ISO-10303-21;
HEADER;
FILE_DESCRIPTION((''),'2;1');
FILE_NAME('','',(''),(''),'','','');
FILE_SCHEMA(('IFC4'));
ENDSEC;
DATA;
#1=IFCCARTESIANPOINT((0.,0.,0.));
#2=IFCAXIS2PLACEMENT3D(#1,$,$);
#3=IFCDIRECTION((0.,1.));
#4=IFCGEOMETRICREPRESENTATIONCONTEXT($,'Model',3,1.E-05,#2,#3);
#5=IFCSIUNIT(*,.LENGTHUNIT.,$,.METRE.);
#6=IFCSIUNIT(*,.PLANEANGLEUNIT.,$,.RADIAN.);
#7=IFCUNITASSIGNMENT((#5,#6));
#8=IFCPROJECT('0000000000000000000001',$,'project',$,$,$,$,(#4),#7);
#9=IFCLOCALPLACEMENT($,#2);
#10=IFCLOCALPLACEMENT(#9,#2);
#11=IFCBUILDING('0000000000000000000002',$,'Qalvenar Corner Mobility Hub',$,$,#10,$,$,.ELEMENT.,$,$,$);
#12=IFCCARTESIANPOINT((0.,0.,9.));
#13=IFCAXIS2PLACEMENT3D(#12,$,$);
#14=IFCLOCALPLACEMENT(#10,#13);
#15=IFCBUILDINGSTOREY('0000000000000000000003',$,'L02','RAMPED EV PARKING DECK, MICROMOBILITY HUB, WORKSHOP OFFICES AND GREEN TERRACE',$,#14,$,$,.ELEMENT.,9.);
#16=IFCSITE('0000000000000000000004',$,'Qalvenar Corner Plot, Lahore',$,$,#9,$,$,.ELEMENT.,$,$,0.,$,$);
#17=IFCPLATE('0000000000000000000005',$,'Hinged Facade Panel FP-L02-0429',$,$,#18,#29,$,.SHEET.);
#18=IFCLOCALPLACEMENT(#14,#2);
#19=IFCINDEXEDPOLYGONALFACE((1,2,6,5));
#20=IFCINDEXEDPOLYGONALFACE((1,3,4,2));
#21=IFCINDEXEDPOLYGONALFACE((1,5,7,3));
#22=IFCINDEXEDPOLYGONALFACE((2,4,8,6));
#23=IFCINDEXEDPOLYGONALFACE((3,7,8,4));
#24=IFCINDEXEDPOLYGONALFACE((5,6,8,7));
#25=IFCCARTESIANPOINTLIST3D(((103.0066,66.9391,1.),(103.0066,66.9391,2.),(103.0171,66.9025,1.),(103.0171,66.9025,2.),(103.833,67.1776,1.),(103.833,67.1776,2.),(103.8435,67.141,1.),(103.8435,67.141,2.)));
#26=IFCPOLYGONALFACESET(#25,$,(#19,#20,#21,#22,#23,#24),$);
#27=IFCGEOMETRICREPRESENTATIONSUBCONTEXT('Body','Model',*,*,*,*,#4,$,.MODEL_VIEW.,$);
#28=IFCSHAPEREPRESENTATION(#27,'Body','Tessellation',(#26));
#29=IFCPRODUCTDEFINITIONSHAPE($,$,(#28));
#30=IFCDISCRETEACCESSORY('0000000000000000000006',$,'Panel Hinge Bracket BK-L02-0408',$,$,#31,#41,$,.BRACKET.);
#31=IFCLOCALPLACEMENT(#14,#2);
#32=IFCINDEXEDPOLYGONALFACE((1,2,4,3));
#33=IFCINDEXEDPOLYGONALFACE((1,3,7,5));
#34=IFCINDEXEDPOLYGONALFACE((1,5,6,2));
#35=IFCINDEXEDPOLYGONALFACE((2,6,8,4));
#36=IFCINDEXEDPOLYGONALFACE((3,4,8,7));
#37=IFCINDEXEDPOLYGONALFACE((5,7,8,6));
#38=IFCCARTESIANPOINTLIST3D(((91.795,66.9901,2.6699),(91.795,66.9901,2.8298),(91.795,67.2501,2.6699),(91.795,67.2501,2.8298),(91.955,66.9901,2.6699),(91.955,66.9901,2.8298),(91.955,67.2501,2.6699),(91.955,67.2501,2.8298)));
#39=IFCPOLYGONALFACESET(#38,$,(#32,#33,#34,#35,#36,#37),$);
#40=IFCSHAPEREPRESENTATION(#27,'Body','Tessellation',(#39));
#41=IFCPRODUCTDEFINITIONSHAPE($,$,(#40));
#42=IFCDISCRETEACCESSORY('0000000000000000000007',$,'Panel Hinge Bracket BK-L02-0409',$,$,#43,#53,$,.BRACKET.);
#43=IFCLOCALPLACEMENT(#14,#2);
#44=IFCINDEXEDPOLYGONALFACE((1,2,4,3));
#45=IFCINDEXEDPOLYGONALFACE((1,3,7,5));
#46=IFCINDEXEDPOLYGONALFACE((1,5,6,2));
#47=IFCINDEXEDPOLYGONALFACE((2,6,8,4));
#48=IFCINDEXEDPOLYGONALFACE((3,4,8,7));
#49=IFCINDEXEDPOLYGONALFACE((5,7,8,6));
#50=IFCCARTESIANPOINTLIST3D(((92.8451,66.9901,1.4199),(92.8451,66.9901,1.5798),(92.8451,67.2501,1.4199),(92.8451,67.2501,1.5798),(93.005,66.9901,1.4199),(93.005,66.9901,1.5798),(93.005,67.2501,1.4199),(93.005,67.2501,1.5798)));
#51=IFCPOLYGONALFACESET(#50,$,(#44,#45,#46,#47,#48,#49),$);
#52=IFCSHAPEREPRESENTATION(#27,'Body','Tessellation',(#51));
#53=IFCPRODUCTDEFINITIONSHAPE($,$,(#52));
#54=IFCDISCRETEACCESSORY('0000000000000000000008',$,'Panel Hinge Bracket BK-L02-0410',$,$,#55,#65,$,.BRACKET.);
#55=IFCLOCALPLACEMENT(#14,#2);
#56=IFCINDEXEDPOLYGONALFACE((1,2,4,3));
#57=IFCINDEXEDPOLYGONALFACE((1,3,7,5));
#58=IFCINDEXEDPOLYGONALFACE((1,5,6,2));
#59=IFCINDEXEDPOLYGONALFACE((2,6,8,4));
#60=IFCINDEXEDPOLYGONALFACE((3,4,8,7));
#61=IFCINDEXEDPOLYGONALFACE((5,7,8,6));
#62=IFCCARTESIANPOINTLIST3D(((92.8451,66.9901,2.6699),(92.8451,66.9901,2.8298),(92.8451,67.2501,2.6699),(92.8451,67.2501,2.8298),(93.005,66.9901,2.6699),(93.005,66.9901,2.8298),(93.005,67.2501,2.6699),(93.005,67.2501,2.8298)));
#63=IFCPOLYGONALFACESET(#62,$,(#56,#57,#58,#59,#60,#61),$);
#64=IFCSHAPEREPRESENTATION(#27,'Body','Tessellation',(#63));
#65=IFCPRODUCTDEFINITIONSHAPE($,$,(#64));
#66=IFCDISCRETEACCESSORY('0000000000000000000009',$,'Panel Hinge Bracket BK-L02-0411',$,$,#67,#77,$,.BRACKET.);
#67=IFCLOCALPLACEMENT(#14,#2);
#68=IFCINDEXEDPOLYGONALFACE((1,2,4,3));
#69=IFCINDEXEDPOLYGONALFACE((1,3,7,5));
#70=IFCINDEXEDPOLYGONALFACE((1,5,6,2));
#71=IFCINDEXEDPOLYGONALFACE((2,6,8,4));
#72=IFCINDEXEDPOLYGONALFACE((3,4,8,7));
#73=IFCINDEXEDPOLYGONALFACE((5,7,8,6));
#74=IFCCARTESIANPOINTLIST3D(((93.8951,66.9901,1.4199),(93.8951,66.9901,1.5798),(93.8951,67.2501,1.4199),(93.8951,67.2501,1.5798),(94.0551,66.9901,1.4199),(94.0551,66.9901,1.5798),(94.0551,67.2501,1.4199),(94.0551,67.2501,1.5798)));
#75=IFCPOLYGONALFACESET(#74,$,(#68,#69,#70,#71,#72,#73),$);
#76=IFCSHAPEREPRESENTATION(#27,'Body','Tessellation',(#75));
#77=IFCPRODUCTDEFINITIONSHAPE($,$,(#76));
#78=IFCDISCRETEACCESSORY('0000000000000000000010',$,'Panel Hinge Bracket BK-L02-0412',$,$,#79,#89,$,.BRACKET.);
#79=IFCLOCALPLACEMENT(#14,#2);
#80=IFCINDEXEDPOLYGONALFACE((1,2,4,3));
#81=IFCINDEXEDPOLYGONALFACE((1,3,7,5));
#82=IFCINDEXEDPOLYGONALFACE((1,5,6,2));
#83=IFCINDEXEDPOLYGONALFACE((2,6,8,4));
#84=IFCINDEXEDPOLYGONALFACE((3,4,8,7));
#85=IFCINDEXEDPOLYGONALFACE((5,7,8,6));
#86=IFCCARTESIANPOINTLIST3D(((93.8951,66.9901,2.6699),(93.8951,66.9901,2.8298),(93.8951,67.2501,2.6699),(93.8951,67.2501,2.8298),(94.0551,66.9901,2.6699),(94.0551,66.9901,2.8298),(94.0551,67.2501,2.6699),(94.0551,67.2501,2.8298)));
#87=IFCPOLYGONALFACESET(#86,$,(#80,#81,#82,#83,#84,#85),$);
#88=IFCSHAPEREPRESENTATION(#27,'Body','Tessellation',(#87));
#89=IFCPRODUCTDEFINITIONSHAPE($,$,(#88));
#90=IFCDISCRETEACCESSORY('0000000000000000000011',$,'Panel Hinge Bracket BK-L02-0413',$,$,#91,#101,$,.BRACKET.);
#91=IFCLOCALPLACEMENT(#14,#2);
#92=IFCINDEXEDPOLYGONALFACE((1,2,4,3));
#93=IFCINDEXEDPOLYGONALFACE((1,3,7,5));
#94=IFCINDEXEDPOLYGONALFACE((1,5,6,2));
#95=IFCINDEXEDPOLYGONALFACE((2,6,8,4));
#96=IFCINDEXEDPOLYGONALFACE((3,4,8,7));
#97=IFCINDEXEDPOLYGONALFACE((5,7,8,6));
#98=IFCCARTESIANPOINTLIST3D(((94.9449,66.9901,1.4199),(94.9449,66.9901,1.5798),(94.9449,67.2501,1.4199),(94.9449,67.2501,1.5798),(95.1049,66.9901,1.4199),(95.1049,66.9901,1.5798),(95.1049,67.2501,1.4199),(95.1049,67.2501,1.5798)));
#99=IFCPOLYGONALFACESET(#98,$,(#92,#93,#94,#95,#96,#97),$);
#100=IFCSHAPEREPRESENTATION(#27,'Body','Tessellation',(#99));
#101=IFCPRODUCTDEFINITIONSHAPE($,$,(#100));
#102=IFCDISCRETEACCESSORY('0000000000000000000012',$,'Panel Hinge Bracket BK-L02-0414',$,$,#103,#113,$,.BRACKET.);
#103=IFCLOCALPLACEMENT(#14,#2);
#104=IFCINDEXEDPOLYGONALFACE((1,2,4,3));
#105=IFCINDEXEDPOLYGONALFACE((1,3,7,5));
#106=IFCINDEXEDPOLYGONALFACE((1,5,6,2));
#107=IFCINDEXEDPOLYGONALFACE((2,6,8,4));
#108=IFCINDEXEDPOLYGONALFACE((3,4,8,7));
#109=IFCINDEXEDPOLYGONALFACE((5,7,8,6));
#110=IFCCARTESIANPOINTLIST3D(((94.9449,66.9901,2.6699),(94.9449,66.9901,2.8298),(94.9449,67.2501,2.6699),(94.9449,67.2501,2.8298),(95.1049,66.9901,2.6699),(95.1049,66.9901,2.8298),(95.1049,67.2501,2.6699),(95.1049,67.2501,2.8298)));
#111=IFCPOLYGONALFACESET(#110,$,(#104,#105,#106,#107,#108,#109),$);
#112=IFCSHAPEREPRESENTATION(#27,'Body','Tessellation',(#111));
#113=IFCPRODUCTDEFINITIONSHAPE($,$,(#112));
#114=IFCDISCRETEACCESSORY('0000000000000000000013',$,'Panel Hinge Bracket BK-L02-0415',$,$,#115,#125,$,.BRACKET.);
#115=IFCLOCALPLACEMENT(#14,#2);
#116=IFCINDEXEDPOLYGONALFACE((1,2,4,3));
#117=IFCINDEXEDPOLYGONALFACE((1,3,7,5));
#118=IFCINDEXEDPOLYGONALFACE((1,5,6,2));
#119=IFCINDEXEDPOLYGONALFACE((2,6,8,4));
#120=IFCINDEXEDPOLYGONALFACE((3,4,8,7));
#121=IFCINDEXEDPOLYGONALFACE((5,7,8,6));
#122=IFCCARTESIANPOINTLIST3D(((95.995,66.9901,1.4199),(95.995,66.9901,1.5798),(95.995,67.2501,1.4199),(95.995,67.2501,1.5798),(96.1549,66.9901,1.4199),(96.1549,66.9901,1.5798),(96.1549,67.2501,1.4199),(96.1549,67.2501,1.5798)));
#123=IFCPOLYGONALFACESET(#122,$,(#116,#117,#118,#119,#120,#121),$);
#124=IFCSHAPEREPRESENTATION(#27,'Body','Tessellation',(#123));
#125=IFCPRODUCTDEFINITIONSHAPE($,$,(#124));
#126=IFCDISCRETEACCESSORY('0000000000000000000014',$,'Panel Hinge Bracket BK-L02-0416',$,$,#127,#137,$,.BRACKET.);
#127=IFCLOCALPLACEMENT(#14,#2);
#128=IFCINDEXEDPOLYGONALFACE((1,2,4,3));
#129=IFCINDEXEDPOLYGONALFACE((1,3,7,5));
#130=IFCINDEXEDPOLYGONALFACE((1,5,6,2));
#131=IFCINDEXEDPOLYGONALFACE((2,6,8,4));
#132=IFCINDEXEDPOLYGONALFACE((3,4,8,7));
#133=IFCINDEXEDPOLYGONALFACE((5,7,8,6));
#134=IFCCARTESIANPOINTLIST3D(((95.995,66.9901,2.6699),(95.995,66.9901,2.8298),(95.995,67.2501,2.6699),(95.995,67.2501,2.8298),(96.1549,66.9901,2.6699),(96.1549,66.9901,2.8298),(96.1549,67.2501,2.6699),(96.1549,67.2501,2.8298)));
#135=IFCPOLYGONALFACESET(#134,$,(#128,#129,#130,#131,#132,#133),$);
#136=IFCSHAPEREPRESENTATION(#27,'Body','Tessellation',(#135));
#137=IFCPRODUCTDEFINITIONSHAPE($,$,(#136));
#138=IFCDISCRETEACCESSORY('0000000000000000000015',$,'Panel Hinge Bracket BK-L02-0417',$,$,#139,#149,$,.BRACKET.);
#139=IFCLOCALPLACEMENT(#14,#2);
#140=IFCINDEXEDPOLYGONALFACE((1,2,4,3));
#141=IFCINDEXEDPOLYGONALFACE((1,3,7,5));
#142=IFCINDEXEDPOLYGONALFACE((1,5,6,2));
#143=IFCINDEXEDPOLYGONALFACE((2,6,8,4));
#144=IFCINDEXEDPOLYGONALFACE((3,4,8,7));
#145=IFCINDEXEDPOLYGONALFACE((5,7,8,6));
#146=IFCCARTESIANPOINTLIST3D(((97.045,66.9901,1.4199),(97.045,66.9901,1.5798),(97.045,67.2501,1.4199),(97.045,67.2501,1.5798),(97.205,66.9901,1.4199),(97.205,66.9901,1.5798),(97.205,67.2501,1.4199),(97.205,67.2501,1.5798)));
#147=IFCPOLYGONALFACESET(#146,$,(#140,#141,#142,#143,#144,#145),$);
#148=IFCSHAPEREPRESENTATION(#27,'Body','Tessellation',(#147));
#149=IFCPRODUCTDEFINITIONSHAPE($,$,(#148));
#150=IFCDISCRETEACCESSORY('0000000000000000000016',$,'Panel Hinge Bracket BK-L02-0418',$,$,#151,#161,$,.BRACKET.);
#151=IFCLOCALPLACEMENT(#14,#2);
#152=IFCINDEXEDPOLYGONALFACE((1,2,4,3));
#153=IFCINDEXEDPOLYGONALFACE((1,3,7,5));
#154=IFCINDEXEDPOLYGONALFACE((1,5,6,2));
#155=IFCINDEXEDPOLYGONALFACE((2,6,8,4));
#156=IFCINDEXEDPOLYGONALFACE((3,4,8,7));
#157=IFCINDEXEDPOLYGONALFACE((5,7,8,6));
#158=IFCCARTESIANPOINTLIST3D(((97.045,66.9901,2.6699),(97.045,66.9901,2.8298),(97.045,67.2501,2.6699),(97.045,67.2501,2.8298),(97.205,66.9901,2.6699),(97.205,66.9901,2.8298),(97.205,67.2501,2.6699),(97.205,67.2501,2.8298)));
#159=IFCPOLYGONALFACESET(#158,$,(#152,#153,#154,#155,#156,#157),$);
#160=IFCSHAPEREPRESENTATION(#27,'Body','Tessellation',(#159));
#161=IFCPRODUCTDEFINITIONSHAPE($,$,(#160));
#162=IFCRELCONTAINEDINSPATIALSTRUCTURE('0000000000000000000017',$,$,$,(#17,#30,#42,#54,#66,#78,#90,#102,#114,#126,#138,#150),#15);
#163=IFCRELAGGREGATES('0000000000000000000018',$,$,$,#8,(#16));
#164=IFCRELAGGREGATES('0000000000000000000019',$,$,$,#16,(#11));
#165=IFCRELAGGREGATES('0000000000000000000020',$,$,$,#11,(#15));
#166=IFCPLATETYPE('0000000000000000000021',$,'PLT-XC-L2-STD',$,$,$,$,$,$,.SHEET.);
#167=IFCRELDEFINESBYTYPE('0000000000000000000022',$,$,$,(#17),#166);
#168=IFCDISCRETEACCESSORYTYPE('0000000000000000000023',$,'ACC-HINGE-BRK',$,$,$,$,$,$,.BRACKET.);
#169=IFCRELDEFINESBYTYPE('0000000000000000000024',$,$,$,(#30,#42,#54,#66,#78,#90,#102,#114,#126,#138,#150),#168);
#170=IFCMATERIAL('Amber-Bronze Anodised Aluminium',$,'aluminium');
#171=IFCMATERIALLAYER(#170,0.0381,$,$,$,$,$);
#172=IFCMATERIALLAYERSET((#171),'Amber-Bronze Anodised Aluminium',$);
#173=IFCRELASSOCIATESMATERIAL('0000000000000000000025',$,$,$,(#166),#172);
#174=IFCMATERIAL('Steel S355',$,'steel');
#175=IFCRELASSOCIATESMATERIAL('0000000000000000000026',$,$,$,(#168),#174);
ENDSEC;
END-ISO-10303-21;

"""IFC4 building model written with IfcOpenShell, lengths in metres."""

from ifc_helpers import new_model, si_unit, direction, frame, origin, origin_2d, place, context, subcontext, project, spatial, rectangle, extrude, material, layer, layer_set, type_object, element, save


model = new_model("IFC4")

# Units and contexts
model_context = context("Model", 3, precision=1e-05, world=origin(), true_north=direction((0.0, 1.0)))
body_context = subcontext(model_context, "Body", "Model", "MODEL_VIEW")
ifc_project = project(units=[si_unit("LENGTHUNIT", "METRE"), si_unit("PLANEANGLEUNIT", "RADIAN")], contexts=[model_context])

# Site, building, storey
site_placement = place(None, origin())
site = spatial("IfcSite", under=ifc_project, at=site_placement, Name="Qalvenar Corner Plot, Lahore", CompositionType="ELEMENT", RefElevation=0.0)
building_placement = place(site_placement, origin())
building = spatial("IfcBuilding", under=site, at=building_placement, Name="Qalvenar Corner Mobility Hub", CompositionType="ELEMENT")
storey_placement = place(building_placement, frame((0.0, 0.0, 9.0)))
storey = spatial("IfcBuildingStorey", under=building, at=storey_placement, Name="L02", Description="RAMPED EV PARKING DECK, MICROMOBILITY HUB, WORKSHOP OFFICES AND GREEN TERRACE", CompositionType="ELEMENT", Elevation=9.0)

# Plate
ifc_material_1 = material(Name="Amber-Bronze Anodised Aluminium", Category="aluminium")
ifc_layer = layer(ifc_material_1, 0.0381)
ifc_layer_set = layer_set([ifc_layer], Name="Amber-Bronze Anodised Aluminium")
plate_type = type_object("IfcPlateType", Name="PLT-XC-L2-STD", PredefinedType="SHEET", material=ifc_layer_set)
for number, where, z_axis, x_axis, name in (
    (1, (103.425, 67.04, 1.0), (0.0, 0.0, 1.0), (0.960779, 0.277315, 0.0), "Hinged Facade Panel FP-L02-0429"),
):
    element("IfcPlate", number, at=place(storey_placement, frame(where, z_axis=z_axis, x_axis=x_axis)), inside=storey, type_object=plate_type, Name=name, PredefinedType="SHEET", context=body_context, shape_type="SweptSolid", body=[
        extrude(rectangle(XDim=0.8601, YDim=0.0381, at=origin_2d()), origin(), (0.0, 0.0, 1.0), 1.0),
    ])

# Discrete accessories
ifc_material_2 = material(Name="Steel S355", Category="steel")
discrete_accessory_type = type_object("IfcDiscreteAccessoryType", Name="ACC-HINGE-BRK", PredefinedType="BRACKET", material=ifc_material_2)
for number, where, z_axis, x_axis, name in (
    (2, (91.875, 67.1201, 2.6699), (0.0, 0.0, 1.0), (1.0, 0.0, 0.0), "Panel Hinge Bracket BK-L02-0408"),
    (3, (92.925, 67.1201, 1.4199), (0.0, 0.0, 1.0), (1.0, 0.0, 0.0), "Panel Hinge Bracket BK-L02-0409"),
    (4, (92.925, 67.1201, 2.6699), (0.0, 0.0, 1.0), (1.0, 0.0, 0.0), "Panel Hinge Bracket BK-L02-0410"),
    (5, (93.9751, 67.1201, 1.4199), (0.0, 0.0, 1.0), (1.0, 0.0, 0.0), "Panel Hinge Bracket BK-L02-0411"),
    (6, (93.9751, 67.1201, 2.6699), (0.0, 0.0, 1.0), (1.0, 0.0, 0.0), "Panel Hinge Bracket BK-L02-0412"),
    (7, (95.0249, 67.1201, 1.4199), (0.0, 0.0, 1.0), (1.0, 0.0, 0.0), "Panel Hinge Bracket BK-L02-0413"),
    (8, (95.0249, 67.1201, 2.6699), (0.0, 0.0, 1.0), (1.0, 0.0, 0.0), "Panel Hinge Bracket BK-L02-0414"),
    (9, (96.075, 67.1201, 1.4199), (0.0, 0.0, 1.0), (1.0, 0.0, 0.0), "Panel Hinge Bracket BK-L02-0415"),
    (10, (96.075, 67.1201, 2.6699), (0.0, 0.0, 1.0), (1.0, 0.0, 0.0), "Panel Hinge Bracket BK-L02-0416"),
    (11, (97.125, 67.1201, 1.4199), (0.0, 0.0, 1.0), (1.0, 0.0, 0.0), "Panel Hinge Bracket BK-L02-0417"),
    (12, (97.125, 67.1201, 2.6699), (0.0, 0.0, 1.0), (1.0, 0.0, 0.0), "Panel Hinge Bracket BK-L02-0418"),
):
    element("IfcDiscreteAccessory", number, at=place(storey_placement, frame(where, z_axis=z_axis, x_axis=x_axis)), inside=storey, type_object=discrete_accessory_type, Name=name, PredefinedType="BRACKET", context=body_context, shape_type="SweptSolid", body=[
        extrude(rectangle(XDim=0.1599, YDim=0.26, at=origin_2d()), origin(), (0.0, 0.0, 1.0), 0.1599),
    ])

save(model, "model.ifc")
